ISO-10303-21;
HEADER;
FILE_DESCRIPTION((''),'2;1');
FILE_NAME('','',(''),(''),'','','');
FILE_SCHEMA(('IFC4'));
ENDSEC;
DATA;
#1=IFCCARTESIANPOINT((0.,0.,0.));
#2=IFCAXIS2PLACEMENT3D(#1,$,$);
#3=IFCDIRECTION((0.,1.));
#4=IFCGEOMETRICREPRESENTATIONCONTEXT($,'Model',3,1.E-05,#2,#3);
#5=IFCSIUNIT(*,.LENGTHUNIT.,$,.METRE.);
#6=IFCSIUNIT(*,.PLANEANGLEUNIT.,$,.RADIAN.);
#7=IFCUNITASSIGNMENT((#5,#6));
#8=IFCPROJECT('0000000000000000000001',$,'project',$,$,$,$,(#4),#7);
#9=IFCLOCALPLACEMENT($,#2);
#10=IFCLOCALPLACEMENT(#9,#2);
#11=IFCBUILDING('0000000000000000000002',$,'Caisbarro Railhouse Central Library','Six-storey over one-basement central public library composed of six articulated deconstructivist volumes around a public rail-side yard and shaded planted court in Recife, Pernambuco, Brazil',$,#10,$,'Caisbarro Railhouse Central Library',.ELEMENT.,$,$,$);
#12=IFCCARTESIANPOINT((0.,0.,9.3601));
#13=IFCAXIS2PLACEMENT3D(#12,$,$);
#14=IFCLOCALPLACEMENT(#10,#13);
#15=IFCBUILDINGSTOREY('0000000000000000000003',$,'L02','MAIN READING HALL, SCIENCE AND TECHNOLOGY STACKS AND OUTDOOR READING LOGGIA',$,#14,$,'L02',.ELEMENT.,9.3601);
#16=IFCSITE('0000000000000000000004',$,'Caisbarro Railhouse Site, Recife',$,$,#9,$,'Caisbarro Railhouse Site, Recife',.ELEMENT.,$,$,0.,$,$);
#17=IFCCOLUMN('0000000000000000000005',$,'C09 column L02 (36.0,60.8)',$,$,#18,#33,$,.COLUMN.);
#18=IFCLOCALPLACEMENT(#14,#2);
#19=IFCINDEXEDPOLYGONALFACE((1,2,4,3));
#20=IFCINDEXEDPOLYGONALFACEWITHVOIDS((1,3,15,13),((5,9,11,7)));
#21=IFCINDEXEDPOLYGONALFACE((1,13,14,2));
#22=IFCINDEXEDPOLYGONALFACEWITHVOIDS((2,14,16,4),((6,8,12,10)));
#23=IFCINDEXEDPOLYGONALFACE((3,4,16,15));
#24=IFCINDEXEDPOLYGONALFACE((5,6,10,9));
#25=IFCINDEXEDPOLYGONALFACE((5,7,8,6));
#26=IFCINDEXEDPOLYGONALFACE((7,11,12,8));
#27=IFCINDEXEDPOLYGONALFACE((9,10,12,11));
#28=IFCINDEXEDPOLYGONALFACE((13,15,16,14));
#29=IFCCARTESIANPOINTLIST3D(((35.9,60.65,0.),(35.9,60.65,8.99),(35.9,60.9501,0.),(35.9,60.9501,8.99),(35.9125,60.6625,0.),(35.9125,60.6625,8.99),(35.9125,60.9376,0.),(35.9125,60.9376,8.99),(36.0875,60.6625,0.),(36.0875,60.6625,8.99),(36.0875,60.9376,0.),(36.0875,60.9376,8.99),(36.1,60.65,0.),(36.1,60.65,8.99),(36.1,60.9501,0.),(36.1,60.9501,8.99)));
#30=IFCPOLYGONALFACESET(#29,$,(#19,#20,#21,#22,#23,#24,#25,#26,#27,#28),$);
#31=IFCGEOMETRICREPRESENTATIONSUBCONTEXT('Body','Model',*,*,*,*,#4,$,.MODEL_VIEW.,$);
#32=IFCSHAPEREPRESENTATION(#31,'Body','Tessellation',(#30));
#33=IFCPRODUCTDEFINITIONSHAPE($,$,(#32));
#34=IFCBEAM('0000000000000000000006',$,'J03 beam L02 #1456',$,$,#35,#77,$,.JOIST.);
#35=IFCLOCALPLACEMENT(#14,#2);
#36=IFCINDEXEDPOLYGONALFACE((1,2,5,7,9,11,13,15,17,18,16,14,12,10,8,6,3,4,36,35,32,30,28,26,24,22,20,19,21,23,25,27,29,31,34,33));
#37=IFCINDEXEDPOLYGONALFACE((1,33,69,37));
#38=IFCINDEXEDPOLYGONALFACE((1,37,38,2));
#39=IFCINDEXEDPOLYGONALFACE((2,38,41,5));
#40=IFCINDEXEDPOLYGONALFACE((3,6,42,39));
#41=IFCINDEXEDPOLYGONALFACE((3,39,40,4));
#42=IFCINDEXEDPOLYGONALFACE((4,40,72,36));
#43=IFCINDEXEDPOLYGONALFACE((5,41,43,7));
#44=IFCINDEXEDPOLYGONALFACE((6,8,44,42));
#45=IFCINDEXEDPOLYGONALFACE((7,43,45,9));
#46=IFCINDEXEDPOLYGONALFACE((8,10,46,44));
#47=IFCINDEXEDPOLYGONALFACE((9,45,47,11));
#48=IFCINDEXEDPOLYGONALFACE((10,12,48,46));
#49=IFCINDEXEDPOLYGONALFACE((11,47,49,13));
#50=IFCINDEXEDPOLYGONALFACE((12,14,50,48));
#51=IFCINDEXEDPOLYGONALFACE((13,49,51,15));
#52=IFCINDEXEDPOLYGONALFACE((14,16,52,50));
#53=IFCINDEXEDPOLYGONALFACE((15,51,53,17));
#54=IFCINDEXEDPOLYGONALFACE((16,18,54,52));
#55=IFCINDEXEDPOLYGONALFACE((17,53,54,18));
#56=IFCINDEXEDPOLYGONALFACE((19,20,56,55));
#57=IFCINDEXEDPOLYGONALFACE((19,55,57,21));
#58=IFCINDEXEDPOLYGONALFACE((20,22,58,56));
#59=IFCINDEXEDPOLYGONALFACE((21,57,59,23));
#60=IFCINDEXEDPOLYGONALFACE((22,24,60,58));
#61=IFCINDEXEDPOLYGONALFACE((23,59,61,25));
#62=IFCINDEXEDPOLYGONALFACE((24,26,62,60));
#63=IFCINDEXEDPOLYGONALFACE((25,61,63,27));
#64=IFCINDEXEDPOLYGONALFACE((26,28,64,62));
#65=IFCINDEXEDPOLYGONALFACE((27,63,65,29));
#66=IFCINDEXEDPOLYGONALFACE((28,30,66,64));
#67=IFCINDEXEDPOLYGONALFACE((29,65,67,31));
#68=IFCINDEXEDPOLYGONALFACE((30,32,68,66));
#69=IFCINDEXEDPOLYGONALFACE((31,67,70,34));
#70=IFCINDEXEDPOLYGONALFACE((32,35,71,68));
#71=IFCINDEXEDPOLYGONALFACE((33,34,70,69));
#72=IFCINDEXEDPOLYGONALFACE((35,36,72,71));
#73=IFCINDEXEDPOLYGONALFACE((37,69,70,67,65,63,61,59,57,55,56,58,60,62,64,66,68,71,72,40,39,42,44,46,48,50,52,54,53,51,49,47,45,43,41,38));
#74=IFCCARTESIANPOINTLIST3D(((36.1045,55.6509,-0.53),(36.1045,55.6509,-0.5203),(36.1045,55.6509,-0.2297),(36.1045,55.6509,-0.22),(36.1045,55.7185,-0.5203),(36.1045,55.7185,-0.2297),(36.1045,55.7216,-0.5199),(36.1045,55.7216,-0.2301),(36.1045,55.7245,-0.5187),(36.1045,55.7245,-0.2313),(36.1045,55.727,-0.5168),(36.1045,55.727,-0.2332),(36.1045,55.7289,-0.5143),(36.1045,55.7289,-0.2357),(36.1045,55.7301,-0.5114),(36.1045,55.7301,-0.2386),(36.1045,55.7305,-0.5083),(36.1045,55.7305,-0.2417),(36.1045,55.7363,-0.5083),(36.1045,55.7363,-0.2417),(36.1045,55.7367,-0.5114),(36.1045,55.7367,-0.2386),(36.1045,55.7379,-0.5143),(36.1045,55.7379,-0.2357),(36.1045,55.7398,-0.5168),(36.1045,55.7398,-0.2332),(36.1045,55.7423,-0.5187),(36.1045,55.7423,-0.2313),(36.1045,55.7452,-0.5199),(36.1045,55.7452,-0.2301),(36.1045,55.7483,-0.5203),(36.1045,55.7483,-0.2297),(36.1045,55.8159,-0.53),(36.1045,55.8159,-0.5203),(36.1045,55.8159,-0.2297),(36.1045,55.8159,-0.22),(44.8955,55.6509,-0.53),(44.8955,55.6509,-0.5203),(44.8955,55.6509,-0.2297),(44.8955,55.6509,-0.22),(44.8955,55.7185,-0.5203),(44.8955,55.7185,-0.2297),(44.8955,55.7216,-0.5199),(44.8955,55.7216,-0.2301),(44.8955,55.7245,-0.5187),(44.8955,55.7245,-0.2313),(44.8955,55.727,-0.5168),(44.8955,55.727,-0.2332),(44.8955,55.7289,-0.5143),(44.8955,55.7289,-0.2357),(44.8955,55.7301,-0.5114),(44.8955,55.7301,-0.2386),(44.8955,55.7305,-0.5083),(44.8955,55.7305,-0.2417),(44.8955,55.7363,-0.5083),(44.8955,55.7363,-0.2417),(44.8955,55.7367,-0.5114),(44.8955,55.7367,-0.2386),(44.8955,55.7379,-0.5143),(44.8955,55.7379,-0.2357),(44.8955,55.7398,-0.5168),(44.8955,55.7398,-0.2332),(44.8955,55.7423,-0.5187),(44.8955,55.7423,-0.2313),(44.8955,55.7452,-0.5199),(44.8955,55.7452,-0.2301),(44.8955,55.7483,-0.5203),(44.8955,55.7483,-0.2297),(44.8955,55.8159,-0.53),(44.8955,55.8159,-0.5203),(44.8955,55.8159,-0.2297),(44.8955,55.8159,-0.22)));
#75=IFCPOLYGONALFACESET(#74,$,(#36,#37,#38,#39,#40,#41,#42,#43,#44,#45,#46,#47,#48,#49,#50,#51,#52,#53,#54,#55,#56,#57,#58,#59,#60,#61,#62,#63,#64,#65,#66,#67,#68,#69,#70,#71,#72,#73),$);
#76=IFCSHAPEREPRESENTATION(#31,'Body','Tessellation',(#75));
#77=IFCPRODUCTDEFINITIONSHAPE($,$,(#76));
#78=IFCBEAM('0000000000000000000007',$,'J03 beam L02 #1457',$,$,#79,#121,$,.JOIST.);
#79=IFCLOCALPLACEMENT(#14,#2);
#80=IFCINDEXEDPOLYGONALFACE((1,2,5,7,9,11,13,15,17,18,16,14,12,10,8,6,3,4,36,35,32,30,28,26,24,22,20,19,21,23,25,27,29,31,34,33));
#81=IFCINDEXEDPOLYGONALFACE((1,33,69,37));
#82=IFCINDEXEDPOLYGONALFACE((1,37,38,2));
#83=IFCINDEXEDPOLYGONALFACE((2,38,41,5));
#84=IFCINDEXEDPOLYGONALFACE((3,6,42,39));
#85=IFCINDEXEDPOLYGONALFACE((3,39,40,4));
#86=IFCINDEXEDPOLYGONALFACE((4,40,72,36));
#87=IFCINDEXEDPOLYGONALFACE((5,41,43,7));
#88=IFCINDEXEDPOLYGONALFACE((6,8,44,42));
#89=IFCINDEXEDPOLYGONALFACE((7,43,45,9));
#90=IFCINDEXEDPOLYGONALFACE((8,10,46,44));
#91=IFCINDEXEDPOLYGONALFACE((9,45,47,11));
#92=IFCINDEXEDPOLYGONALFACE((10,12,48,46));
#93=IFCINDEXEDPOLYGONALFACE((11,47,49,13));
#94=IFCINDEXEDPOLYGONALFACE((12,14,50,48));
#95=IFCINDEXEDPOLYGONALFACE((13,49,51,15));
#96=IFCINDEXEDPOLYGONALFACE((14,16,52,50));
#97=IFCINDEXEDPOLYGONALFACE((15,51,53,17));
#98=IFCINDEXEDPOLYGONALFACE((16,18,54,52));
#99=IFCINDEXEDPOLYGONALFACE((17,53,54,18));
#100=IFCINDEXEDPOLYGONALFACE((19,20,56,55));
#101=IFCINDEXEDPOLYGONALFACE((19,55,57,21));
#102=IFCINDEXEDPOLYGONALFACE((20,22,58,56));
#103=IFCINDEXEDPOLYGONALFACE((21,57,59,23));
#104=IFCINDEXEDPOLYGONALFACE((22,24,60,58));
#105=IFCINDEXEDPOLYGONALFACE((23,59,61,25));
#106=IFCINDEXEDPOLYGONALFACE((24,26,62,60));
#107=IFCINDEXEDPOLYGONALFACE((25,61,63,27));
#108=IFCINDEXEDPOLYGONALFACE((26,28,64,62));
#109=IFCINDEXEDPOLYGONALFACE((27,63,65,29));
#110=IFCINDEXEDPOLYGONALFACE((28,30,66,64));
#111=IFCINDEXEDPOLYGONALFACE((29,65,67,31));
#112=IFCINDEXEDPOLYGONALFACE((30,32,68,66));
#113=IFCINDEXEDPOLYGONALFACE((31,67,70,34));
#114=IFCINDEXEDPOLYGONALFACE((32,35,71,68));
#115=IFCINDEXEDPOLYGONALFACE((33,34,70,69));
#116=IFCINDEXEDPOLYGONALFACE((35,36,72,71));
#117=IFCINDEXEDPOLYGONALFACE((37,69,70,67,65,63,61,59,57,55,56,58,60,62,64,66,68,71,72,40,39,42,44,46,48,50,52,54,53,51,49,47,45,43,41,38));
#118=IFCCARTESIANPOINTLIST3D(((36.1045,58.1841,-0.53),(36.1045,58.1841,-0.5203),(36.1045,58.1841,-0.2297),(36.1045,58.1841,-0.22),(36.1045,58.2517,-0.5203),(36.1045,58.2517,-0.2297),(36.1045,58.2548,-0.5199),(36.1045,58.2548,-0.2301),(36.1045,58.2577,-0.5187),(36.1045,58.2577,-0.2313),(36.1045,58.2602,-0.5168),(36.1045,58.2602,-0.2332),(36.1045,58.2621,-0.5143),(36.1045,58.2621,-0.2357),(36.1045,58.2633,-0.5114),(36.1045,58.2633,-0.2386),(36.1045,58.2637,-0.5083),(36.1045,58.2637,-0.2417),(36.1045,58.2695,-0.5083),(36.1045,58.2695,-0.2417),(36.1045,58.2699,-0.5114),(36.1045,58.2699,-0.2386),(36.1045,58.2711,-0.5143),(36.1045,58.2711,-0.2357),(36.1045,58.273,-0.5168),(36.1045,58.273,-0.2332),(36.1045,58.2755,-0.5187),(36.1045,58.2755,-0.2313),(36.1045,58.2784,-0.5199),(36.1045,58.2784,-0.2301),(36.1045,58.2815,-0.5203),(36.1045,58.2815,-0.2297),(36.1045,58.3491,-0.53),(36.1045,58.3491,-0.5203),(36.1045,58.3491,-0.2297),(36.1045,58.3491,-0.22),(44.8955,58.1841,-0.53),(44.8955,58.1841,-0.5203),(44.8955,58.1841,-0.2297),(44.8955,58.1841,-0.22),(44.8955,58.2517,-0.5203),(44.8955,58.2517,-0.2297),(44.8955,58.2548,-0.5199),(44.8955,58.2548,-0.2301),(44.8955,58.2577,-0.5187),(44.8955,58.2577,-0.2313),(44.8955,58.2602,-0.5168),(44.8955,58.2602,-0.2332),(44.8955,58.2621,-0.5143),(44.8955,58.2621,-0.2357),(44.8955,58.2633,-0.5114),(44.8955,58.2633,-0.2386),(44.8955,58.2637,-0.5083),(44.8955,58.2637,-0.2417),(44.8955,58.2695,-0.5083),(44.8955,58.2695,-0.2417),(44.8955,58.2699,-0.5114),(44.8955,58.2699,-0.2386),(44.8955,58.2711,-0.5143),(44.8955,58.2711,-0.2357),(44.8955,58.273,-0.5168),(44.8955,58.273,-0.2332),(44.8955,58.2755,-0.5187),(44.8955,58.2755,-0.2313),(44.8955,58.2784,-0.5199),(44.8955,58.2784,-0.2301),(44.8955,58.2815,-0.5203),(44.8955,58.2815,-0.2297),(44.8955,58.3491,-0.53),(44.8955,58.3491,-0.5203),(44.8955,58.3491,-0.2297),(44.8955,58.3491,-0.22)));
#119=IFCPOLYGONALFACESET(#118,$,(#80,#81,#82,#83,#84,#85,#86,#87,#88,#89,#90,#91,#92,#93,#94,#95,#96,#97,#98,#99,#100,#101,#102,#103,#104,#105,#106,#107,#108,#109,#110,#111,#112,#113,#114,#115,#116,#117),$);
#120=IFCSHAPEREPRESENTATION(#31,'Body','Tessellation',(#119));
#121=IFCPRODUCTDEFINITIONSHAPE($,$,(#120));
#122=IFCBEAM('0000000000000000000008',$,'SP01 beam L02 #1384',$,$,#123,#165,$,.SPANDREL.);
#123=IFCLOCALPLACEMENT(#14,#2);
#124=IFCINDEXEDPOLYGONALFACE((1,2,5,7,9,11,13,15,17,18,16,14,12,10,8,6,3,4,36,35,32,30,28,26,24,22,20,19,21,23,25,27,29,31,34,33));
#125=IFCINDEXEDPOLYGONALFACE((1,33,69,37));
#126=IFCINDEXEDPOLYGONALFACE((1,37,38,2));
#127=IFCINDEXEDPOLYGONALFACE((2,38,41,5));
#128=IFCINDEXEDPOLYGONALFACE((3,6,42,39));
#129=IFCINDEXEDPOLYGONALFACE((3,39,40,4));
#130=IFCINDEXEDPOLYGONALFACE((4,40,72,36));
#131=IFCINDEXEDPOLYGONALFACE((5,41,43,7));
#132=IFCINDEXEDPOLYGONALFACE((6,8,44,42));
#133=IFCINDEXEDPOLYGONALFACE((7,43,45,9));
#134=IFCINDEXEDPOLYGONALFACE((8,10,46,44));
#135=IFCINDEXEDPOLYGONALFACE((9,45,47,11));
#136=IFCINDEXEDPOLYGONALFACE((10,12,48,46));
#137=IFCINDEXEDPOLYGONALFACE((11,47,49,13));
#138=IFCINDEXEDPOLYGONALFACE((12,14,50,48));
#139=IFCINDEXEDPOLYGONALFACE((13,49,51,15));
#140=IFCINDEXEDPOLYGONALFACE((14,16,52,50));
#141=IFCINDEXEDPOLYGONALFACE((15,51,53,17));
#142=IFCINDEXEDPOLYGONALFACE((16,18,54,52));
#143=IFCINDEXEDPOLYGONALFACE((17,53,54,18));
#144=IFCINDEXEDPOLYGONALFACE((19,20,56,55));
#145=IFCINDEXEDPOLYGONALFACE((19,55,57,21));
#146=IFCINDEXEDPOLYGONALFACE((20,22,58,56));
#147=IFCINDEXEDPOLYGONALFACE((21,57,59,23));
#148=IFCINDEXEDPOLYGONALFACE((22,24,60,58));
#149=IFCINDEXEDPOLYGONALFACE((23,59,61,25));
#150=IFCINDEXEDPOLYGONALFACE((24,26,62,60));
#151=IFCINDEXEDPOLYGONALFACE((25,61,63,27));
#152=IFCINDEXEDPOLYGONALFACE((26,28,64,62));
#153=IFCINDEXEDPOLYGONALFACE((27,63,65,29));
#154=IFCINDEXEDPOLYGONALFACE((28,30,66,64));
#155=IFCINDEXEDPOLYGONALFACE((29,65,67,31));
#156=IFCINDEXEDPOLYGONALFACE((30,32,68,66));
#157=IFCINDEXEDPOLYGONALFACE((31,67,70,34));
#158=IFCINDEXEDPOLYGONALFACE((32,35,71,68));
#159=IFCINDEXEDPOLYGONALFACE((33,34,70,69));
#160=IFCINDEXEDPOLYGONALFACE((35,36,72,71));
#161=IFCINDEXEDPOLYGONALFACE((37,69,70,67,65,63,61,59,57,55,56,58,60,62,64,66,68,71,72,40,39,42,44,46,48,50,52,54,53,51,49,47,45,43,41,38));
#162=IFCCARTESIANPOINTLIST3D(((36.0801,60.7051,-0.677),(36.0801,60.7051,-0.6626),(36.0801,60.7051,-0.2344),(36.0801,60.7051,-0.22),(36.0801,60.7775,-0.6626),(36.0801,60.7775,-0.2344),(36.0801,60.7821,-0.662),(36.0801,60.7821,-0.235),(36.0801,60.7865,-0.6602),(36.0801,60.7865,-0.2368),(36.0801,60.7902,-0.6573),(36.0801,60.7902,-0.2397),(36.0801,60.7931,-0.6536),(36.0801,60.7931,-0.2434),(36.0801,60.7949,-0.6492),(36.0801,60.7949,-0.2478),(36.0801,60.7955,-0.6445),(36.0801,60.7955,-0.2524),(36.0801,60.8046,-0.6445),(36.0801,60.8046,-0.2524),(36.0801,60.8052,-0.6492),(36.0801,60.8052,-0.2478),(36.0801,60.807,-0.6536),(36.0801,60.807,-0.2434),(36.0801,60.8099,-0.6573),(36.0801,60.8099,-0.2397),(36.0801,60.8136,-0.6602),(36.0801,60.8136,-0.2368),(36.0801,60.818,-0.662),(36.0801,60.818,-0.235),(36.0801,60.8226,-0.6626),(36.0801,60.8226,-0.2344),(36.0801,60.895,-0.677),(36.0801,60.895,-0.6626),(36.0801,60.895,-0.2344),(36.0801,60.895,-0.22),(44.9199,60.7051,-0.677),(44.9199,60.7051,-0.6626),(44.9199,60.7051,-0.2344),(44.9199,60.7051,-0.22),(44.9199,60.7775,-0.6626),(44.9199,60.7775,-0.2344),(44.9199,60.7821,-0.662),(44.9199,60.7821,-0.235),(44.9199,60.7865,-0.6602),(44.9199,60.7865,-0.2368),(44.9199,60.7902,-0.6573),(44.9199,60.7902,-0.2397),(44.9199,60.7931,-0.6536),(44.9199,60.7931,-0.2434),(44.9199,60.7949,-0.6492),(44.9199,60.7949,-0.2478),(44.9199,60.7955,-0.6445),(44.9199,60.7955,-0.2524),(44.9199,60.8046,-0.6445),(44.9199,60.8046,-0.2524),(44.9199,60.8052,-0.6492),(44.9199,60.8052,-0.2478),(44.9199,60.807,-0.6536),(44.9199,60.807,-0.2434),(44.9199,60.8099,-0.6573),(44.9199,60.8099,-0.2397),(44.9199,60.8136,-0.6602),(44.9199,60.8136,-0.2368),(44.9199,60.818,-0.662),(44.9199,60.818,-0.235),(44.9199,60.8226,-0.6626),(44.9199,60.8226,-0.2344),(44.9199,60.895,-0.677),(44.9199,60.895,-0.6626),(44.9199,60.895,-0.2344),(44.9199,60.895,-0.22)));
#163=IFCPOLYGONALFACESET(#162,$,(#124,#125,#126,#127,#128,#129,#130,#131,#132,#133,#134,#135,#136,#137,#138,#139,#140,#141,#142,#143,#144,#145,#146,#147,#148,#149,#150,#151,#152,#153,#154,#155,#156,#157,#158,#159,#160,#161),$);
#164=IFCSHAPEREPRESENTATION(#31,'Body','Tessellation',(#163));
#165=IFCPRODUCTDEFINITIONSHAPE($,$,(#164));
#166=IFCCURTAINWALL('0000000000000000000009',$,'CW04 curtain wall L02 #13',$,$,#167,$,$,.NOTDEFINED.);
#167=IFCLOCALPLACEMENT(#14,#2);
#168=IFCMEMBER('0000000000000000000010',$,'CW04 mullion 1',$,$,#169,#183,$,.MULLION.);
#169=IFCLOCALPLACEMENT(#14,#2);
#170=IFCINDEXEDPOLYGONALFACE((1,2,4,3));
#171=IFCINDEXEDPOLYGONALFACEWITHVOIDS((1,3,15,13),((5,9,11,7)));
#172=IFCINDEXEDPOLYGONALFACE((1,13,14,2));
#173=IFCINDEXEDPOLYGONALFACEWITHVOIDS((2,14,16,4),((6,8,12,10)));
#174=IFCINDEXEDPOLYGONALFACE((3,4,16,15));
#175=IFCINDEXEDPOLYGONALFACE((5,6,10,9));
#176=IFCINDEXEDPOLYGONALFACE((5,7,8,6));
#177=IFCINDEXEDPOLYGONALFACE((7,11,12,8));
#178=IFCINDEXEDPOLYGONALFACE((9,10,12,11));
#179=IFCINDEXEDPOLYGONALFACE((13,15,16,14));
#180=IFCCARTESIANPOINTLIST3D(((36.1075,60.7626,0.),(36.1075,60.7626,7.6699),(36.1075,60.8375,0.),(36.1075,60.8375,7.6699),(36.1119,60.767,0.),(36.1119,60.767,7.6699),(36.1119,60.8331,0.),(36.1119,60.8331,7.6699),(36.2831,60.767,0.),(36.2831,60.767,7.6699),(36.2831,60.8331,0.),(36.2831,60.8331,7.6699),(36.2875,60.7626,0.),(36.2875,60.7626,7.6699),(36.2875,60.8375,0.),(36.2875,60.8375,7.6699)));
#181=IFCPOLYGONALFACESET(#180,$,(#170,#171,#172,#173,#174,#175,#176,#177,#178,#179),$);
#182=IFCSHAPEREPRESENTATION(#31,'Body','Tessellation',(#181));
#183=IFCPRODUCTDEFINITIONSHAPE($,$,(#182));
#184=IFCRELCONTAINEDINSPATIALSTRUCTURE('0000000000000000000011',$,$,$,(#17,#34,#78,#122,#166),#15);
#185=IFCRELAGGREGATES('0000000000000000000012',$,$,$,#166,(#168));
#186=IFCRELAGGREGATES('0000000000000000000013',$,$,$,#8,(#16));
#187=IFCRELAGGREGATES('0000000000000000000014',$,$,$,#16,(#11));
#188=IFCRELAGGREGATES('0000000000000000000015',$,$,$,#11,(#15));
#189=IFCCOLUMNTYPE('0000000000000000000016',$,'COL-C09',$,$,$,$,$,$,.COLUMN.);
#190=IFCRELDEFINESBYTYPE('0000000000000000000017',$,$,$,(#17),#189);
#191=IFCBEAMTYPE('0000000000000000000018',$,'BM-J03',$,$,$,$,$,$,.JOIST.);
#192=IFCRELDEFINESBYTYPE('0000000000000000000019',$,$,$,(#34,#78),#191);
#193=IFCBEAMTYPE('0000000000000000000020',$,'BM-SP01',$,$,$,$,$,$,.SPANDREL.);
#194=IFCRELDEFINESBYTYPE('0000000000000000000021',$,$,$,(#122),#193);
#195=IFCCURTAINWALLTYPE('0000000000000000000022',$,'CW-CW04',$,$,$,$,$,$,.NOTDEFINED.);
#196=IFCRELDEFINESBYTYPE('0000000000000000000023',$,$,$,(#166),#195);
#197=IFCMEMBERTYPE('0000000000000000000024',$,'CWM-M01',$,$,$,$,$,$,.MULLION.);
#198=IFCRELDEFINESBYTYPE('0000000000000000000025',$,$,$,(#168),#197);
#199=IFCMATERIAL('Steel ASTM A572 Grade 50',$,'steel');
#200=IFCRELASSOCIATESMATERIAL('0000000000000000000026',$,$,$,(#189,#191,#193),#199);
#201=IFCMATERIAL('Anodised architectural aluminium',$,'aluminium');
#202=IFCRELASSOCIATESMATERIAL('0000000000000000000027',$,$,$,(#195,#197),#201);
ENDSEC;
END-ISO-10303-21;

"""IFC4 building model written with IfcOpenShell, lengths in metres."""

from ifc_helpers import new_model, si_unit, direction, frame, origin, origin_2d, place, context, subcontext, project, spatial, hollow_rectangle, i_section, extrude, material, material_profile, profile_set, type_object, element, aggregate, save


model = new_model("IFC4")

# Units and contexts
model_context = context("Model", 3, precision=1e-05, world=origin(), true_north=direction((0.0, 1.0)))
body_context = subcontext(model_context, "Body", "Model", "MODEL_VIEW")
ifc_project = project(units=[si_unit("LENGTHUNIT", "METRE"), si_unit("PLANEANGLEUNIT", "RADIAN")], contexts=[model_context])

# Site, building, storey
site_placement = place(None, origin())
site = spatial("IfcSite", under=ifc_project, at=site_placement, Name="Caisbarro Railhouse Site, Recife", LongName="Caisbarro Railhouse Site, Recife", CompositionType="ELEMENT", RefElevation=0.0)
building_placement = place(site_placement, origin())
building = spatial("IfcBuilding", under=site, at=building_placement, Name="Caisbarro Railhouse Central Library", Description="Six-storey over one-basement central public library composed of six articulated deconstructivist volumes around a public rail-side yard and shaded planted court in Recife, Pernambuco, Brazil", LongName="Caisbarro Railhouse Central Library", CompositionType="ELEMENT")
storey_placement = place(building_placement, frame((0.0, 0.0, 9.3601)))
storey = spatial("IfcBuildingStorey", under=building, at=storey_placement, Name="L02", Description="MAIN READING HALL, SCIENCE AND TECHNOLOGY STACKS AND OUTDOOR READING LOGGIA", LongName="L02", CompositionType="ELEMENT", Elevation=9.3601)

# Column
ifc_material_1 = material(Name="Steel ASTM A572 Grade 50", Category="steel")
ifc_material_profile_1 = material_profile(ifc_material_1, hollow_rectangle(XDim=0.2, YDim=0.3, WallThickness=0.0125, at=origin_2d()), Name="HSS300X200X12.5")
ifc_profile_set_1 = profile_set([ifc_material_profile_1], Name="Steel ASTM A572 Grade 50")
column_type = type_object("IfcColumnType", Name="COL-C09", PredefinedType="COLUMN", material=ifc_profile_set_1)
column_placement = place(storey_placement, frame((36.0, 60.8, 0.0), z_axis=(0.0, 0.0, 1.0), x_axis=(1.0, 0.0, 0.0)))
element("IfcColumn", 1, at=column_placement, inside=storey, type_object=column_type, Name="C09 column L02 (36.0,60.8)", PredefinedType="COLUMN", context=body_context, shape_type="SweptSolid", body=[
    extrude(hollow_rectangle(XDim=0.2, YDim=0.3, WallThickness=0.0125, at=origin_2d()), origin(), (0.0, 0.0, 1.0), 8.99),
])

# Beams
ifc_material_profile_2 = material_profile(ifc_material_1, i_section(OverallWidth=0.165, OverallDepth=0.3101, WebThickness=0.0059, FlangeThickness=0.0098, FilletRadius=0.012, at=origin_2d()), Name="W310X38.7")
ifc_profile_set_2 = profile_set([ifc_material_profile_2], Name="Steel ASTM A572 Grade 50")
beam_type_1 = type_object("IfcBeamType", Name="BM-J03", PredefinedType="JOIST", material=ifc_profile_set_2)
for number, where, z_axis, x_axis, name in (
    (2, (36.1045, 55.7334, -0.375), (1.0, 0.0, 0.0), (0.0, 1.0, 0.0), "J03 beam L02 #1456"),
    (3, (36.1045, 58.2666, -0.375), (1.0, 0.0, 0.0), (0.0, 1.0, 0.0), "J03 beam L02 #1457"),
):
    element("IfcBeam", number, at=place(storey_placement, frame(where, z_axis=z_axis, x_axis=x_axis)), inside=storey, type_object=beam_type_1, Name=name, PredefinedType="JOIST", context=body_context, shape_type="SweptSolid", body=[
        extrude(i_section(OverallWidth=0.165, OverallDepth=0.3101, WebThickness=0.0059, FlangeThickness=0.0098, FilletRadius=0.012, at=origin_2d()), origin(), (0.0, 0.0, 1.0), 8.791),
    ])
ifc_material_profile_3 = material_profile(ifc_material_1, i_section(OverallWidth=0.1899, OverallDepth=0.457, WebThickness=0.009, FlangeThickness=0.0144, FilletRadius=0.0181, at=origin_2d()), Name="W460X74.0")
ifc_profile_set_3 = profile_set([ifc_material_profile_3], Name="Steel ASTM A572 Grade 50")
beam_type_2 = type_object("IfcBeamType", Name="BM-SP01", PredefinedType="SPANDREL", material=ifc_profile_set_3)
beam_placement = place(storey_placement, frame((36.0801, 60.8, -0.4485), z_axis=(1.0, 0.0, 0.0), x_axis=(0.0, 1.0, 0.0)))
element("IfcBeam", 4, at=beam_placement, inside=storey, type_object=beam_type_2, Name="SP01 beam L02 #1384", PredefinedType="SPANDREL", context=body_context, shape_type="SweptSolid", body=[
    extrude(i_section(OverallWidth=0.1899, OverallDepth=0.457, WebThickness=0.009, FlangeThickness=0.0144, FilletRadius=0.0181, at=origin_2d()), origin(), (0.0, 0.0, 1.0), 8.8398),
])

# Curtain wall, member
ifc_material_2 = material(Name="Anodised architectural aluminium", Category="aluminium")
curtain_wall_type = type_object("IfcCurtainWallType", Name="CW-CW04", PredefinedType="NOTDEFINED", material=ifc_material_2)
curtain_wall_placement = place(storey_placement, origin())
curtain_wall = element("IfcCurtainWall", 5, at=curtain_wall_placement, inside=storey, type_object=curtain_wall_type, Name="CW04 curtain wall L02 #13", PredefinedType="NOTDEFINED")
ifc_material_profile_4 = material_profile(ifc_material_2, hollow_rectangle(XDim=0.075, YDim=0.1799, WallThickness=0.0044, at=origin_2d()), Name="ALU-MUL-75X180")
ifc_profile_set_4 = profile_set([ifc_material_profile_4], Name="Anodised architectural aluminium")
member_type_1 = type_object("IfcMemberType", Name="CWM-M01", PredefinedType="MULLION", material=ifc_profile_set_4)
member_1_placement = place(storey_placement, frame((36.1975, 60.8, 0.0), z_axis=(0.0, 0.0, 1.0), x_axis=(0.0, 1.0, 0.0)))
member_1 = element("IfcMember", 6, at=member_1_placement, type_object=member_type_1, Name="CW04 mullion 1", PredefinedType="MULLION", context=body_context, shape_type="SweptSolid", body=[
    extrude(hollow_rectangle(XDim=0.075, YDim=0.1799, WallThickness=0.0044, at=origin_2d()), origin(), (0.0, 0.0, 1.0), 7.6699),
])
aggregate(curtain_wall, [member_1])

save(model, "model.ifc")
